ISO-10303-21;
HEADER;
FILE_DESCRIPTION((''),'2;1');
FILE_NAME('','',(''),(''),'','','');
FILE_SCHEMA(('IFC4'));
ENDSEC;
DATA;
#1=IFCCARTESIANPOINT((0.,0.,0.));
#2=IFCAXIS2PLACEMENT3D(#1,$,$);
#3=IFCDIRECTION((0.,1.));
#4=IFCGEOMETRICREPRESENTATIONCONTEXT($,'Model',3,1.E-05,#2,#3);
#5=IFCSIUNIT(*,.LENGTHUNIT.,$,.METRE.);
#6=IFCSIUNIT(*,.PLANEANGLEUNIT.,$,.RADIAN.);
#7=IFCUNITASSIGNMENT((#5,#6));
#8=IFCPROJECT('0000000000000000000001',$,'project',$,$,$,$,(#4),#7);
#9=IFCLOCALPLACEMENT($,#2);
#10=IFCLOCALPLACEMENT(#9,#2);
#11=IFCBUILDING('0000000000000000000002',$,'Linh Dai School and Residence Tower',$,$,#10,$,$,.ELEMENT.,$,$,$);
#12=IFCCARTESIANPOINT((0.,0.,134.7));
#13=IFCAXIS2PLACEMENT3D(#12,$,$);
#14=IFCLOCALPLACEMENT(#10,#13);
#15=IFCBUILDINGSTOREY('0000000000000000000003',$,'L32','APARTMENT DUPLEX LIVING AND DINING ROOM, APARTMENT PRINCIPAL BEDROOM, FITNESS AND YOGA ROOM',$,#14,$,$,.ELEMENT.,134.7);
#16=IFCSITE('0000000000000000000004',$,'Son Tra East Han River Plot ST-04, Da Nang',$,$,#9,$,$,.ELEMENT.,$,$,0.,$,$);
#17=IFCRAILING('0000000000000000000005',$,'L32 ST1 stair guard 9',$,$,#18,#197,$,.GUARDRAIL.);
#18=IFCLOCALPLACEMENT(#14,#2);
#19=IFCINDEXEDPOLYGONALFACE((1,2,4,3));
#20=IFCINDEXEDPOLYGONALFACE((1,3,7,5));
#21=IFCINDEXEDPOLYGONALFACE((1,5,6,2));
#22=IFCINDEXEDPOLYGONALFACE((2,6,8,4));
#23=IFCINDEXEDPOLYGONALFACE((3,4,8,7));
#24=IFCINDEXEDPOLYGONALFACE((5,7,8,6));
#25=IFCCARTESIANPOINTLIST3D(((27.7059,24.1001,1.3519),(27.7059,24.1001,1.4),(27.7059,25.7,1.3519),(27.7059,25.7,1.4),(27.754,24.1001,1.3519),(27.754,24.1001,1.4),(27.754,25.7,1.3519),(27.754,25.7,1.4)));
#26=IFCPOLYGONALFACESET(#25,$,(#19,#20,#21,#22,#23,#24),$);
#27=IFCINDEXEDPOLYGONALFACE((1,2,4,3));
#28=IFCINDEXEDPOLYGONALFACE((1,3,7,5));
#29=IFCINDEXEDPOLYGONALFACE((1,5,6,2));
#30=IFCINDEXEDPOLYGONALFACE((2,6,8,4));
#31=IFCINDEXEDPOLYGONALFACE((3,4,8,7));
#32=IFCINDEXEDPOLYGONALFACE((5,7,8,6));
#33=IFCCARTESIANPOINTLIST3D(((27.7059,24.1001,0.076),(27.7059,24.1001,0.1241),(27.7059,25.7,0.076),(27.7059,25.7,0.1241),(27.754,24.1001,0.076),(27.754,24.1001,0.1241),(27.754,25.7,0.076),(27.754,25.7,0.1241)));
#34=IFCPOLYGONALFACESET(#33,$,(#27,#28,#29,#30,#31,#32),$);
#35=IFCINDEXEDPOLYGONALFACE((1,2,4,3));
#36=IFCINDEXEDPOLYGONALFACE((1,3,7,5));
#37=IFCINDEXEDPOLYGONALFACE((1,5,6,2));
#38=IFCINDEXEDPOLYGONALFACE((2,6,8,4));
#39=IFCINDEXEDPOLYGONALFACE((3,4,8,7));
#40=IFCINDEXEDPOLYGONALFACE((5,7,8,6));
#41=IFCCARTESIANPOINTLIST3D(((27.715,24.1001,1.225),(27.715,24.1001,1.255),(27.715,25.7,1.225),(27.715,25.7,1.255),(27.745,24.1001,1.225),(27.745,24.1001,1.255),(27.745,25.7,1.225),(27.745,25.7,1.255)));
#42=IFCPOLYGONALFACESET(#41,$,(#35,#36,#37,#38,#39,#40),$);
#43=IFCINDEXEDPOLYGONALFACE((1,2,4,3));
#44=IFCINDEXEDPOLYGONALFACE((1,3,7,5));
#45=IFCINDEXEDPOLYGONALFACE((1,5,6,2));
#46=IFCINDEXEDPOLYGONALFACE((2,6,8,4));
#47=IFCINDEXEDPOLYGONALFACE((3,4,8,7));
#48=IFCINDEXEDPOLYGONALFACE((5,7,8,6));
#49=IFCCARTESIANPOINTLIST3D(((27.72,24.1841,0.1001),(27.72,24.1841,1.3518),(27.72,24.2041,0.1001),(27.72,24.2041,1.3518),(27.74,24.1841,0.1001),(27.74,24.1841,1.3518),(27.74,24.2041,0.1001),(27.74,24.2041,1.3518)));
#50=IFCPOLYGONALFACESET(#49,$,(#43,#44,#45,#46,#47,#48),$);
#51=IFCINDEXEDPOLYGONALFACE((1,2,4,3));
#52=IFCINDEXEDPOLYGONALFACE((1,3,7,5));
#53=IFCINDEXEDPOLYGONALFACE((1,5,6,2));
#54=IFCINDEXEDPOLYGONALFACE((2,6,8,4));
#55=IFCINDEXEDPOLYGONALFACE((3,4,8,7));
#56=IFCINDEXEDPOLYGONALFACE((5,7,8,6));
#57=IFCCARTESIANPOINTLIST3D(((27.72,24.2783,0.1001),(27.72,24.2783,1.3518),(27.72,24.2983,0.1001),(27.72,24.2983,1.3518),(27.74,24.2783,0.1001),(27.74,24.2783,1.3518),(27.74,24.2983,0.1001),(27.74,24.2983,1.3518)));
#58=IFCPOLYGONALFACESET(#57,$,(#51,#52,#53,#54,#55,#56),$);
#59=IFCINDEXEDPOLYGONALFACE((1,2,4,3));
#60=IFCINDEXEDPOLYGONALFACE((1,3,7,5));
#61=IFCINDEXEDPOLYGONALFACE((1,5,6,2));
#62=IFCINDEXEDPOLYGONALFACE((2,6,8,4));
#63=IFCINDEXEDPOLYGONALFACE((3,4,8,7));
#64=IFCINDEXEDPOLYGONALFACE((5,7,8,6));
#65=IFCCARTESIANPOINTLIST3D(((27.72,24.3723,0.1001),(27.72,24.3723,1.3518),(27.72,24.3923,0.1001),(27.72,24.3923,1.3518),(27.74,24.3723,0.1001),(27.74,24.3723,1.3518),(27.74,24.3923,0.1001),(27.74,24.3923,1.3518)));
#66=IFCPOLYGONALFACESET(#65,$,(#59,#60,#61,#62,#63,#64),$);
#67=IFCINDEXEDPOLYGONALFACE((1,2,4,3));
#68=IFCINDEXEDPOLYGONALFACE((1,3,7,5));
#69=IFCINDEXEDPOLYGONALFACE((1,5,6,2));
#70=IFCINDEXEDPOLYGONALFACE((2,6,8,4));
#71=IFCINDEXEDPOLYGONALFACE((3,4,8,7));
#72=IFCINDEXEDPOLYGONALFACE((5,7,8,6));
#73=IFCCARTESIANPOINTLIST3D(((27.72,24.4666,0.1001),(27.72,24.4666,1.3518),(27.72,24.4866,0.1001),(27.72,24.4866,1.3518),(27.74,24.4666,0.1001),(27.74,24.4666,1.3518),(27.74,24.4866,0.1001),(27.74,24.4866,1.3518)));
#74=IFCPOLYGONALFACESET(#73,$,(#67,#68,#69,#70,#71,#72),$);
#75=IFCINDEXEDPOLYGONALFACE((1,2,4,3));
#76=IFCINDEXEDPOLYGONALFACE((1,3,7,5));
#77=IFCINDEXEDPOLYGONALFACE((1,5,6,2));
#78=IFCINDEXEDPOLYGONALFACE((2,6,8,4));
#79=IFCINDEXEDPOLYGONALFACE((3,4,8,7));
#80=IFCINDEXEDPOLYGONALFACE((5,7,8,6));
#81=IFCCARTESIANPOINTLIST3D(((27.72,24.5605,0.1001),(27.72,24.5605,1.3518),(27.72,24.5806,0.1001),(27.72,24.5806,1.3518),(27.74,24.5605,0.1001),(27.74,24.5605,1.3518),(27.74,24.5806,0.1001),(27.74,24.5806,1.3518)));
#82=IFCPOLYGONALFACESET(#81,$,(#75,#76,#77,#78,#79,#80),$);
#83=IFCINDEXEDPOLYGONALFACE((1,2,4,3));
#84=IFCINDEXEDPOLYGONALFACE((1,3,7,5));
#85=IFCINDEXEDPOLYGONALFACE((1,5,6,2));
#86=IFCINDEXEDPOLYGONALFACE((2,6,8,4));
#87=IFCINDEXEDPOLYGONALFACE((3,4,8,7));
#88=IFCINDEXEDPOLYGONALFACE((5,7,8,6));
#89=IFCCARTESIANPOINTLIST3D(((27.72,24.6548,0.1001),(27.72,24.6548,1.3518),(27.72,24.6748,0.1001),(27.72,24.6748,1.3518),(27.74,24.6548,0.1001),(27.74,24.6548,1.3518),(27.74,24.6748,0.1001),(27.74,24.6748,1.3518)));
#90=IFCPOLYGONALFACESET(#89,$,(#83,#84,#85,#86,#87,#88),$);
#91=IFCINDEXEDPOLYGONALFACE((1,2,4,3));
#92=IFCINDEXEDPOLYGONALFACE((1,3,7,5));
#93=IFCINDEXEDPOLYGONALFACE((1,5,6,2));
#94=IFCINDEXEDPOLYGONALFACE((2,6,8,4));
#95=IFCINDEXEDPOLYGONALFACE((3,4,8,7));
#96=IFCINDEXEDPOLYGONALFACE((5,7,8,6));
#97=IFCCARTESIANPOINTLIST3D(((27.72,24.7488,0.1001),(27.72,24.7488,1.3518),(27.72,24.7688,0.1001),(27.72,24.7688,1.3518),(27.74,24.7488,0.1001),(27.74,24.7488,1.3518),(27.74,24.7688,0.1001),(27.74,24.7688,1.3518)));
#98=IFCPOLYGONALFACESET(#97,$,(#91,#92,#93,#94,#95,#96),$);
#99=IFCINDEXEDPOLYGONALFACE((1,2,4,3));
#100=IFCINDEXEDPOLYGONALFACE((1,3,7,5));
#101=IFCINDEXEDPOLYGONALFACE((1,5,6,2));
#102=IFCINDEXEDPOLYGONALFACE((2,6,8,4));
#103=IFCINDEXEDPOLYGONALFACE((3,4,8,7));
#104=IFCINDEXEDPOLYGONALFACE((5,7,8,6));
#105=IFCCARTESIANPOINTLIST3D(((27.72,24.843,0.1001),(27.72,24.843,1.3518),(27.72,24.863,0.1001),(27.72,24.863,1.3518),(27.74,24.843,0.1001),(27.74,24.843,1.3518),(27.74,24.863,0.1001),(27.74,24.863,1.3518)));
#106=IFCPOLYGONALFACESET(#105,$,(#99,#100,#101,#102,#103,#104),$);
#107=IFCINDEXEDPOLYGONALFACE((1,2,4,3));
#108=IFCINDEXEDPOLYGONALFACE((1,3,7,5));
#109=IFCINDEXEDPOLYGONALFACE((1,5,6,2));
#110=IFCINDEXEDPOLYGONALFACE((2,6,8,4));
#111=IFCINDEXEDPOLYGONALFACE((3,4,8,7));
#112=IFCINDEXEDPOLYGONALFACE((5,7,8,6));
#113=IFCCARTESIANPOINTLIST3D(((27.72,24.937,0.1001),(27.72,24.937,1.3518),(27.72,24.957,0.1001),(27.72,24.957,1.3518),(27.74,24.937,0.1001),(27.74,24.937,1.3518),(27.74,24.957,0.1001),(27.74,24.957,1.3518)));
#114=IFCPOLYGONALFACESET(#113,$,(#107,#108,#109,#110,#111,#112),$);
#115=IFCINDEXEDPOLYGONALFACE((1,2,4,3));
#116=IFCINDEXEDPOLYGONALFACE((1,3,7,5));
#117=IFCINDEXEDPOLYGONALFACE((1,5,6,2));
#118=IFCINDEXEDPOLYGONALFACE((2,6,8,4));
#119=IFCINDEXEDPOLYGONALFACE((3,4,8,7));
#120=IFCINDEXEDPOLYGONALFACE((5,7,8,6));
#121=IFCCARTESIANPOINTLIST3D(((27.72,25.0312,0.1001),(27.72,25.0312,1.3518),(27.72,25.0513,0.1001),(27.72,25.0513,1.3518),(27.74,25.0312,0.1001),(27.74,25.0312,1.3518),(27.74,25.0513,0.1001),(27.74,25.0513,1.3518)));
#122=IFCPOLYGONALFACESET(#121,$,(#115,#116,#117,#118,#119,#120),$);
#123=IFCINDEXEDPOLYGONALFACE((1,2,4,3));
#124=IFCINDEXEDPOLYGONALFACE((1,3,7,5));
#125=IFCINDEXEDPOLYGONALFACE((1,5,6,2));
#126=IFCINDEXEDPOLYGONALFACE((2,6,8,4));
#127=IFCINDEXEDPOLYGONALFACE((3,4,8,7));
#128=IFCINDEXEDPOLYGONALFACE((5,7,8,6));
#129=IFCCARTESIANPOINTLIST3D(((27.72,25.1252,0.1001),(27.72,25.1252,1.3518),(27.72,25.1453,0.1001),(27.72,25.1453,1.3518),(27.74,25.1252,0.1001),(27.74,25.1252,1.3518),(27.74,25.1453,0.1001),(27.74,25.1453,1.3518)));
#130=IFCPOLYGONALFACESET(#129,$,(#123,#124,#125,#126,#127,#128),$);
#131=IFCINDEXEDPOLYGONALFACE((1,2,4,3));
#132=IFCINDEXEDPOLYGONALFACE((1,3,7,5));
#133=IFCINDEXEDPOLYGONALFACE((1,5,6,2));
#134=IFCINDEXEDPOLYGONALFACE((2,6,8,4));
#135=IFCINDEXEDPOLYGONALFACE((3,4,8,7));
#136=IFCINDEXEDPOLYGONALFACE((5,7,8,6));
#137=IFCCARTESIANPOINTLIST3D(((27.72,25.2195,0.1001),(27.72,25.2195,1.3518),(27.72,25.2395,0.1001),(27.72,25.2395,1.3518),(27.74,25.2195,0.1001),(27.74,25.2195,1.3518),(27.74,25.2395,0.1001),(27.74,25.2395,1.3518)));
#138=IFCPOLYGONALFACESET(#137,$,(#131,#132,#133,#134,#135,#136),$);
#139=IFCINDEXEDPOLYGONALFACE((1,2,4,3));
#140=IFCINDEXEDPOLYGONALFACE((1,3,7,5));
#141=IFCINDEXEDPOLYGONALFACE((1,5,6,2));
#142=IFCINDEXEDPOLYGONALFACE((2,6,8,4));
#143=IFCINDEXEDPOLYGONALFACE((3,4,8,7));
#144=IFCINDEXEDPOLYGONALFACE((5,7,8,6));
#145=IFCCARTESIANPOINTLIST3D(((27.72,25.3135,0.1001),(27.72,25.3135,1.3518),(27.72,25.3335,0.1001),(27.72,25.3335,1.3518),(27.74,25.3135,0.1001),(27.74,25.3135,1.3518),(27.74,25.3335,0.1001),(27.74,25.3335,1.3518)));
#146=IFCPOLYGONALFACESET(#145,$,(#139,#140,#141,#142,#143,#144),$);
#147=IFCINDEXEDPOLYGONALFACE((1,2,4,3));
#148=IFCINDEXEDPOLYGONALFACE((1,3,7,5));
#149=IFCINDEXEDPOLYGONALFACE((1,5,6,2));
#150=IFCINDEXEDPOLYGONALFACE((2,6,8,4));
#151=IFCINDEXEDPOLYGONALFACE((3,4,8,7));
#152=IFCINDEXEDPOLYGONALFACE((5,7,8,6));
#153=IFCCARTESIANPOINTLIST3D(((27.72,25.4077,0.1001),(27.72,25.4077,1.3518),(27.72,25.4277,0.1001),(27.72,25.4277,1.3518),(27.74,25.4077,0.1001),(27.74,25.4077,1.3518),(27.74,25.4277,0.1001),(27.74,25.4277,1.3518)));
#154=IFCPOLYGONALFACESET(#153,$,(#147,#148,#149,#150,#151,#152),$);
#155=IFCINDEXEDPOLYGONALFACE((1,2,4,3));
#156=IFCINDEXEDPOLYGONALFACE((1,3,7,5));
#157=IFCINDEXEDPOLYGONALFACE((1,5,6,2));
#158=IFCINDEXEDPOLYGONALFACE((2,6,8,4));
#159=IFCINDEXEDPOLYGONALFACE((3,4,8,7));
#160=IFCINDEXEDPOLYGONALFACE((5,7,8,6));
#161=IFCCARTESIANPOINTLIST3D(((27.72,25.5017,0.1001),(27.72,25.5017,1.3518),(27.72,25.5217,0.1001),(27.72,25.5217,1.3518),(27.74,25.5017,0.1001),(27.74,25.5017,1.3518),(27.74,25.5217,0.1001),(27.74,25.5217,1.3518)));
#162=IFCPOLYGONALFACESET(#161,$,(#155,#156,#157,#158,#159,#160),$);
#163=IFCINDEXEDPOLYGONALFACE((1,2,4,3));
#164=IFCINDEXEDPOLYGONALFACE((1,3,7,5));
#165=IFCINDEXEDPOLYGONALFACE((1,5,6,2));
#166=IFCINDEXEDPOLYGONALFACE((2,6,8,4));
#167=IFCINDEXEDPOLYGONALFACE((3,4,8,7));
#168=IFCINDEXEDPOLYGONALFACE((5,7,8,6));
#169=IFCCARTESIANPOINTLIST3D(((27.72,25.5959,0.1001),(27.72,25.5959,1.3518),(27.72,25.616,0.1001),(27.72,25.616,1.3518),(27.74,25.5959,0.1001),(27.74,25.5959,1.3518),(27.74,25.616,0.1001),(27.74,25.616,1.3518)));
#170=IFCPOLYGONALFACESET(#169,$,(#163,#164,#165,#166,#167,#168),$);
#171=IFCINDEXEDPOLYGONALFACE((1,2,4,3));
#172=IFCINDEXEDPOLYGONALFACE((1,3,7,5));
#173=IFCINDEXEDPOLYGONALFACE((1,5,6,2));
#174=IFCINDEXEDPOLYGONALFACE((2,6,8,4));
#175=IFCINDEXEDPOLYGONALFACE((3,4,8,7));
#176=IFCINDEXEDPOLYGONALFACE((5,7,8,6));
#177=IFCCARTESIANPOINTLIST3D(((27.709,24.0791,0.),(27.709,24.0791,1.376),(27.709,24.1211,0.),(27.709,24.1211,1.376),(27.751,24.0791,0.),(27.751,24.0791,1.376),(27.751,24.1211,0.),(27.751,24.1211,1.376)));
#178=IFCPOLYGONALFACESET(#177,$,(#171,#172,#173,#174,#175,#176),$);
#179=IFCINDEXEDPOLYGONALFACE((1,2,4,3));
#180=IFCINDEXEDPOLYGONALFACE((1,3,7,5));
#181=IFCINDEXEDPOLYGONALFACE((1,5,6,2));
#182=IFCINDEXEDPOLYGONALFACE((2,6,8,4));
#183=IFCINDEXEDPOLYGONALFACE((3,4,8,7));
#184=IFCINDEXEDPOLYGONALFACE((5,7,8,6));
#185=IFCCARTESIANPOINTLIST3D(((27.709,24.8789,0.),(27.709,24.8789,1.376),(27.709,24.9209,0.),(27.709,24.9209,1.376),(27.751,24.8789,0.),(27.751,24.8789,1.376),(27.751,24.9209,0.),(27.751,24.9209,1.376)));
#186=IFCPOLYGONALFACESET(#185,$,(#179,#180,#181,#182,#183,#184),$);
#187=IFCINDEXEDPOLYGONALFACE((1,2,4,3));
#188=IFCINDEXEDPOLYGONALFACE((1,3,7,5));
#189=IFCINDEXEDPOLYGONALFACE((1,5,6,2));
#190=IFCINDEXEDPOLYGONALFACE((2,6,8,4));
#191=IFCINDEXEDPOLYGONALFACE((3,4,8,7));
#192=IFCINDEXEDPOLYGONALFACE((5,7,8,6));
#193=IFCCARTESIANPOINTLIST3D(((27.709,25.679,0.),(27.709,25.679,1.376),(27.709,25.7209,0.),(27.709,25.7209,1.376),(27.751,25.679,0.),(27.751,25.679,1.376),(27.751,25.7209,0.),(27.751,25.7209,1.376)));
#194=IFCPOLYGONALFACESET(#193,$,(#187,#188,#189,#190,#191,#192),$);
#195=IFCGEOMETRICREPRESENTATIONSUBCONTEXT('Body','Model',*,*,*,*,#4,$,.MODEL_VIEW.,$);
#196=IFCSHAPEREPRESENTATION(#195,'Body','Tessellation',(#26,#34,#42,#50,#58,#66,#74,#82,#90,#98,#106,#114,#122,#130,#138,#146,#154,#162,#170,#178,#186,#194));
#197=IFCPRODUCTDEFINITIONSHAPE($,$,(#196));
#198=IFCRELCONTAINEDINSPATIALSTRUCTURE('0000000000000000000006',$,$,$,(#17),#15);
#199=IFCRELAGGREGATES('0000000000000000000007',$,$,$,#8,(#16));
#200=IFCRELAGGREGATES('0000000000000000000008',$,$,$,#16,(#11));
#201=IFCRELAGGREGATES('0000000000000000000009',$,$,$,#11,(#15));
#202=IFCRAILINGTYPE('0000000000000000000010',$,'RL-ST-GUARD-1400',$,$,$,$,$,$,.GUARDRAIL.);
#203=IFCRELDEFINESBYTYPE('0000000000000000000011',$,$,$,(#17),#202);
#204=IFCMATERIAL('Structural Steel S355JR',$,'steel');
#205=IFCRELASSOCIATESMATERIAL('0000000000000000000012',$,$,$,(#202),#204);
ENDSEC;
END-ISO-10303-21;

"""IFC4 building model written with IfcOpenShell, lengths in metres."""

from ifc_helpers import new_model, si_unit, direction, frame, origin, origin_2d, place, context, subcontext, project, spatial, rectangle, extrude, source, transform, mapped, material, type_object, element, save


model = new_model("IFC4")

# Units and contexts
model_context = context("Model", 3, precision=1e-05, world=origin(), true_north=direction((0.0, 1.0)))
body_context = subcontext(model_context, "Body", "Model", "MODEL_VIEW")
ifc_project = project(units=[si_unit("LENGTHUNIT", "METRE"), si_unit("PLANEANGLEUNIT", "RADIAN")], contexts=[model_context])

# Site, building, storey
site_placement = place(None, origin())
site = spatial("IfcSite", under=ifc_project, at=site_placement, Name="Son Tra East Han River Plot ST-04, Da Nang", CompositionType="ELEMENT", RefElevation=0.0)
building_placement = place(site_placement, origin())
building = spatial("IfcBuilding", under=site, at=building_placement, Name="Linh Dai School and Residence Tower", CompositionType="ELEMENT")
storey_placement = place(building_placement, frame((0.0, 0.0, 134.7)))
storey = spatial("IfcBuildingStorey", under=building, at=storey_placement, Name="L32", Description="APARTMENT DUPLEX LIVING AND DINING ROOM, APARTMENT PRINCIPAL BEDROOM, FITNESS AND YOGA ROOM", CompositionType="ELEMENT", Elevation=134.7)

# Shared definitions
ifc_material_1 = material(Name="Structural Steel S355JR", Category="steel")

# Railing
railing_type = type_object("IfcRailingType", Name="RL-ST-GUARD-1400", PredefinedType="GUARDRAIL", material=ifc_material_1)
shared_shape_1 = source(origin(), body_context, "Body", "SweptSolid", [
    extrude(rectangle(XDim=0.0481, YDim=0.0481, at=origin_2d()), frame((0.0, 0.0, 1.376), z_axis=(0.0, 1.0, 0.0), x_axis=(-1.0, 0.0, 0.0)), (0.0, 0.0, 1.0), 1.5999),
    extrude(rectangle(XDim=0.0481, YDim=0.0481, at=origin_2d()), frame((0.0, 0.0, 0.1001), z_axis=(0.0, 1.0, 0.0), x_axis=(-1.0, 0.0, 0.0)), (0.0, 0.0, 1.0), 1.5999),
    extrude(rectangle(XDim=0.03, YDim=0.03, at=origin_2d()), frame((0.0, 0.0, 1.24), z_axis=(0.0, 1.0, 0.0), x_axis=(-1.0, 0.0, 0.0)), (0.0, 0.0, 1.0), 1.5999),
    extrude(rectangle(XDim=0.02, YDim=0.02, at=origin_2d()), frame((0.0, 0.094, 0.1001)), (0.0, 0.0, 1.0), 1.2517),
    extrude(rectangle(XDim=0.02, YDim=0.02, at=origin_2d()), frame((0.0, 0.1882, 0.1001)), (0.0, 0.0, 1.0), 1.2517),
    extrude(rectangle(XDim=0.02, YDim=0.02, at=origin_2d()), frame((0.0, 0.2822, 0.1001)), (0.0, 0.0, 1.0), 1.2517),
    extrude(rectangle(XDim=0.02, YDim=0.02, at=origin_2d()), frame((0.0, 0.3765, 0.1001)), (0.0, 0.0, 1.0), 1.2517),
    extrude(rectangle(XDim=0.02, YDim=0.02, at=origin_2d()), frame((0.0, 0.4705, 0.1001)), (0.0, 0.0, 1.0), 1.2517),
    extrude(rectangle(XDim=0.02, YDim=0.02, at=origin_2d()), frame((0.0, 0.5647, 0.1001)), (0.0, 0.0, 1.0), 1.2517),
    extrude(rectangle(XDim=0.02, YDim=0.02, at=origin_2d()), frame((0.0, 0.6587, 0.1001)), (0.0, 0.0, 1.0), 1.2517),
    extrude(rectangle(XDim=0.02, YDim=0.02, at=origin_2d()), frame((0.0, 0.7529, 0.1001)), (0.0, 0.0, 1.0), 1.2517),
    extrude(rectangle(XDim=0.02, YDim=0.02, at=origin_2d()), frame((0.0, 0.8469, 0.1001)), (0.0, 0.0, 1.0), 1.2517),
    extrude(rectangle(XDim=0.02, YDim=0.02, at=origin_2d()), frame((0.0, 0.9412, 0.1001)), (0.0, 0.0, 1.0), 1.2517),
    extrude(rectangle(XDim=0.02, YDim=0.02, at=origin_2d()), frame((0.0, 1.0352, 0.1001)), (0.0, 0.0, 1.0), 1.2517),
    extrude(rectangle(XDim=0.02, YDim=0.02, at=origin_2d()), frame((0.0, 1.1294, 0.1001)), (0.0, 0.0, 1.0), 1.2517),
    extrude(rectangle(XDim=0.02, YDim=0.02, at=origin_2d()), frame((0.0, 1.2234, 0.1001)), (0.0, 0.0, 1.0), 1.2517),
    extrude(rectangle(XDim=0.02, YDim=0.02, at=origin_2d()), frame((0.0, 1.3176, 0.1001)), (0.0, 0.0, 1.0), 1.2517),
    extrude(rectangle(XDim=0.02, YDim=0.02, at=origin_2d()), frame((0.0, 1.4116, 0.1001)), (0.0, 0.0, 1.0), 1.2517),
    extrude(rectangle(XDim=0.02, YDim=0.02, at=origin_2d()), frame((0.0, 1.5059, 0.1001)), (0.0, 0.0, 1.0), 1.2517),
    extrude(rectangle(XDim=0.042, YDim=0.042, at=origin_2d()), origin(), (0.0, 0.0, 1.0), 1.376),
    extrude(rectangle(XDim=0.042, YDim=0.042, at=origin_2d()), frame((0.0, 0.7998, 0.0)), (0.0, 0.0, 1.0), 1.376),
    extrude(rectangle(XDim=0.042, YDim=0.042, at=origin_2d()), frame((0.0, 1.5999, 0.0)), (0.0, 0.0, 1.0), 1.376),
])
for number, where, name in (
    (1, (27.73, 24.1001, 0.0), "L32 ST1 stair guard 9"),
):
    element("IfcRailing", number, at=place(storey_placement, frame(where)), inside=storey, type_object=railing_type, Name=name, PredefinedType="GUARDRAIL", context=body_context, shape_type="MappedRepresentation", body=[
        mapped(shared_shape_1, transform((0.0, 0.0, 0.0), x_axis=(1.0, 0.0, 0.0), y_axis=(0.0, 1.0, 0.0), z_axis=(0.0, 0.0, 1.0), scale=1.0)),
    ])

save(model, "model.ifc")
